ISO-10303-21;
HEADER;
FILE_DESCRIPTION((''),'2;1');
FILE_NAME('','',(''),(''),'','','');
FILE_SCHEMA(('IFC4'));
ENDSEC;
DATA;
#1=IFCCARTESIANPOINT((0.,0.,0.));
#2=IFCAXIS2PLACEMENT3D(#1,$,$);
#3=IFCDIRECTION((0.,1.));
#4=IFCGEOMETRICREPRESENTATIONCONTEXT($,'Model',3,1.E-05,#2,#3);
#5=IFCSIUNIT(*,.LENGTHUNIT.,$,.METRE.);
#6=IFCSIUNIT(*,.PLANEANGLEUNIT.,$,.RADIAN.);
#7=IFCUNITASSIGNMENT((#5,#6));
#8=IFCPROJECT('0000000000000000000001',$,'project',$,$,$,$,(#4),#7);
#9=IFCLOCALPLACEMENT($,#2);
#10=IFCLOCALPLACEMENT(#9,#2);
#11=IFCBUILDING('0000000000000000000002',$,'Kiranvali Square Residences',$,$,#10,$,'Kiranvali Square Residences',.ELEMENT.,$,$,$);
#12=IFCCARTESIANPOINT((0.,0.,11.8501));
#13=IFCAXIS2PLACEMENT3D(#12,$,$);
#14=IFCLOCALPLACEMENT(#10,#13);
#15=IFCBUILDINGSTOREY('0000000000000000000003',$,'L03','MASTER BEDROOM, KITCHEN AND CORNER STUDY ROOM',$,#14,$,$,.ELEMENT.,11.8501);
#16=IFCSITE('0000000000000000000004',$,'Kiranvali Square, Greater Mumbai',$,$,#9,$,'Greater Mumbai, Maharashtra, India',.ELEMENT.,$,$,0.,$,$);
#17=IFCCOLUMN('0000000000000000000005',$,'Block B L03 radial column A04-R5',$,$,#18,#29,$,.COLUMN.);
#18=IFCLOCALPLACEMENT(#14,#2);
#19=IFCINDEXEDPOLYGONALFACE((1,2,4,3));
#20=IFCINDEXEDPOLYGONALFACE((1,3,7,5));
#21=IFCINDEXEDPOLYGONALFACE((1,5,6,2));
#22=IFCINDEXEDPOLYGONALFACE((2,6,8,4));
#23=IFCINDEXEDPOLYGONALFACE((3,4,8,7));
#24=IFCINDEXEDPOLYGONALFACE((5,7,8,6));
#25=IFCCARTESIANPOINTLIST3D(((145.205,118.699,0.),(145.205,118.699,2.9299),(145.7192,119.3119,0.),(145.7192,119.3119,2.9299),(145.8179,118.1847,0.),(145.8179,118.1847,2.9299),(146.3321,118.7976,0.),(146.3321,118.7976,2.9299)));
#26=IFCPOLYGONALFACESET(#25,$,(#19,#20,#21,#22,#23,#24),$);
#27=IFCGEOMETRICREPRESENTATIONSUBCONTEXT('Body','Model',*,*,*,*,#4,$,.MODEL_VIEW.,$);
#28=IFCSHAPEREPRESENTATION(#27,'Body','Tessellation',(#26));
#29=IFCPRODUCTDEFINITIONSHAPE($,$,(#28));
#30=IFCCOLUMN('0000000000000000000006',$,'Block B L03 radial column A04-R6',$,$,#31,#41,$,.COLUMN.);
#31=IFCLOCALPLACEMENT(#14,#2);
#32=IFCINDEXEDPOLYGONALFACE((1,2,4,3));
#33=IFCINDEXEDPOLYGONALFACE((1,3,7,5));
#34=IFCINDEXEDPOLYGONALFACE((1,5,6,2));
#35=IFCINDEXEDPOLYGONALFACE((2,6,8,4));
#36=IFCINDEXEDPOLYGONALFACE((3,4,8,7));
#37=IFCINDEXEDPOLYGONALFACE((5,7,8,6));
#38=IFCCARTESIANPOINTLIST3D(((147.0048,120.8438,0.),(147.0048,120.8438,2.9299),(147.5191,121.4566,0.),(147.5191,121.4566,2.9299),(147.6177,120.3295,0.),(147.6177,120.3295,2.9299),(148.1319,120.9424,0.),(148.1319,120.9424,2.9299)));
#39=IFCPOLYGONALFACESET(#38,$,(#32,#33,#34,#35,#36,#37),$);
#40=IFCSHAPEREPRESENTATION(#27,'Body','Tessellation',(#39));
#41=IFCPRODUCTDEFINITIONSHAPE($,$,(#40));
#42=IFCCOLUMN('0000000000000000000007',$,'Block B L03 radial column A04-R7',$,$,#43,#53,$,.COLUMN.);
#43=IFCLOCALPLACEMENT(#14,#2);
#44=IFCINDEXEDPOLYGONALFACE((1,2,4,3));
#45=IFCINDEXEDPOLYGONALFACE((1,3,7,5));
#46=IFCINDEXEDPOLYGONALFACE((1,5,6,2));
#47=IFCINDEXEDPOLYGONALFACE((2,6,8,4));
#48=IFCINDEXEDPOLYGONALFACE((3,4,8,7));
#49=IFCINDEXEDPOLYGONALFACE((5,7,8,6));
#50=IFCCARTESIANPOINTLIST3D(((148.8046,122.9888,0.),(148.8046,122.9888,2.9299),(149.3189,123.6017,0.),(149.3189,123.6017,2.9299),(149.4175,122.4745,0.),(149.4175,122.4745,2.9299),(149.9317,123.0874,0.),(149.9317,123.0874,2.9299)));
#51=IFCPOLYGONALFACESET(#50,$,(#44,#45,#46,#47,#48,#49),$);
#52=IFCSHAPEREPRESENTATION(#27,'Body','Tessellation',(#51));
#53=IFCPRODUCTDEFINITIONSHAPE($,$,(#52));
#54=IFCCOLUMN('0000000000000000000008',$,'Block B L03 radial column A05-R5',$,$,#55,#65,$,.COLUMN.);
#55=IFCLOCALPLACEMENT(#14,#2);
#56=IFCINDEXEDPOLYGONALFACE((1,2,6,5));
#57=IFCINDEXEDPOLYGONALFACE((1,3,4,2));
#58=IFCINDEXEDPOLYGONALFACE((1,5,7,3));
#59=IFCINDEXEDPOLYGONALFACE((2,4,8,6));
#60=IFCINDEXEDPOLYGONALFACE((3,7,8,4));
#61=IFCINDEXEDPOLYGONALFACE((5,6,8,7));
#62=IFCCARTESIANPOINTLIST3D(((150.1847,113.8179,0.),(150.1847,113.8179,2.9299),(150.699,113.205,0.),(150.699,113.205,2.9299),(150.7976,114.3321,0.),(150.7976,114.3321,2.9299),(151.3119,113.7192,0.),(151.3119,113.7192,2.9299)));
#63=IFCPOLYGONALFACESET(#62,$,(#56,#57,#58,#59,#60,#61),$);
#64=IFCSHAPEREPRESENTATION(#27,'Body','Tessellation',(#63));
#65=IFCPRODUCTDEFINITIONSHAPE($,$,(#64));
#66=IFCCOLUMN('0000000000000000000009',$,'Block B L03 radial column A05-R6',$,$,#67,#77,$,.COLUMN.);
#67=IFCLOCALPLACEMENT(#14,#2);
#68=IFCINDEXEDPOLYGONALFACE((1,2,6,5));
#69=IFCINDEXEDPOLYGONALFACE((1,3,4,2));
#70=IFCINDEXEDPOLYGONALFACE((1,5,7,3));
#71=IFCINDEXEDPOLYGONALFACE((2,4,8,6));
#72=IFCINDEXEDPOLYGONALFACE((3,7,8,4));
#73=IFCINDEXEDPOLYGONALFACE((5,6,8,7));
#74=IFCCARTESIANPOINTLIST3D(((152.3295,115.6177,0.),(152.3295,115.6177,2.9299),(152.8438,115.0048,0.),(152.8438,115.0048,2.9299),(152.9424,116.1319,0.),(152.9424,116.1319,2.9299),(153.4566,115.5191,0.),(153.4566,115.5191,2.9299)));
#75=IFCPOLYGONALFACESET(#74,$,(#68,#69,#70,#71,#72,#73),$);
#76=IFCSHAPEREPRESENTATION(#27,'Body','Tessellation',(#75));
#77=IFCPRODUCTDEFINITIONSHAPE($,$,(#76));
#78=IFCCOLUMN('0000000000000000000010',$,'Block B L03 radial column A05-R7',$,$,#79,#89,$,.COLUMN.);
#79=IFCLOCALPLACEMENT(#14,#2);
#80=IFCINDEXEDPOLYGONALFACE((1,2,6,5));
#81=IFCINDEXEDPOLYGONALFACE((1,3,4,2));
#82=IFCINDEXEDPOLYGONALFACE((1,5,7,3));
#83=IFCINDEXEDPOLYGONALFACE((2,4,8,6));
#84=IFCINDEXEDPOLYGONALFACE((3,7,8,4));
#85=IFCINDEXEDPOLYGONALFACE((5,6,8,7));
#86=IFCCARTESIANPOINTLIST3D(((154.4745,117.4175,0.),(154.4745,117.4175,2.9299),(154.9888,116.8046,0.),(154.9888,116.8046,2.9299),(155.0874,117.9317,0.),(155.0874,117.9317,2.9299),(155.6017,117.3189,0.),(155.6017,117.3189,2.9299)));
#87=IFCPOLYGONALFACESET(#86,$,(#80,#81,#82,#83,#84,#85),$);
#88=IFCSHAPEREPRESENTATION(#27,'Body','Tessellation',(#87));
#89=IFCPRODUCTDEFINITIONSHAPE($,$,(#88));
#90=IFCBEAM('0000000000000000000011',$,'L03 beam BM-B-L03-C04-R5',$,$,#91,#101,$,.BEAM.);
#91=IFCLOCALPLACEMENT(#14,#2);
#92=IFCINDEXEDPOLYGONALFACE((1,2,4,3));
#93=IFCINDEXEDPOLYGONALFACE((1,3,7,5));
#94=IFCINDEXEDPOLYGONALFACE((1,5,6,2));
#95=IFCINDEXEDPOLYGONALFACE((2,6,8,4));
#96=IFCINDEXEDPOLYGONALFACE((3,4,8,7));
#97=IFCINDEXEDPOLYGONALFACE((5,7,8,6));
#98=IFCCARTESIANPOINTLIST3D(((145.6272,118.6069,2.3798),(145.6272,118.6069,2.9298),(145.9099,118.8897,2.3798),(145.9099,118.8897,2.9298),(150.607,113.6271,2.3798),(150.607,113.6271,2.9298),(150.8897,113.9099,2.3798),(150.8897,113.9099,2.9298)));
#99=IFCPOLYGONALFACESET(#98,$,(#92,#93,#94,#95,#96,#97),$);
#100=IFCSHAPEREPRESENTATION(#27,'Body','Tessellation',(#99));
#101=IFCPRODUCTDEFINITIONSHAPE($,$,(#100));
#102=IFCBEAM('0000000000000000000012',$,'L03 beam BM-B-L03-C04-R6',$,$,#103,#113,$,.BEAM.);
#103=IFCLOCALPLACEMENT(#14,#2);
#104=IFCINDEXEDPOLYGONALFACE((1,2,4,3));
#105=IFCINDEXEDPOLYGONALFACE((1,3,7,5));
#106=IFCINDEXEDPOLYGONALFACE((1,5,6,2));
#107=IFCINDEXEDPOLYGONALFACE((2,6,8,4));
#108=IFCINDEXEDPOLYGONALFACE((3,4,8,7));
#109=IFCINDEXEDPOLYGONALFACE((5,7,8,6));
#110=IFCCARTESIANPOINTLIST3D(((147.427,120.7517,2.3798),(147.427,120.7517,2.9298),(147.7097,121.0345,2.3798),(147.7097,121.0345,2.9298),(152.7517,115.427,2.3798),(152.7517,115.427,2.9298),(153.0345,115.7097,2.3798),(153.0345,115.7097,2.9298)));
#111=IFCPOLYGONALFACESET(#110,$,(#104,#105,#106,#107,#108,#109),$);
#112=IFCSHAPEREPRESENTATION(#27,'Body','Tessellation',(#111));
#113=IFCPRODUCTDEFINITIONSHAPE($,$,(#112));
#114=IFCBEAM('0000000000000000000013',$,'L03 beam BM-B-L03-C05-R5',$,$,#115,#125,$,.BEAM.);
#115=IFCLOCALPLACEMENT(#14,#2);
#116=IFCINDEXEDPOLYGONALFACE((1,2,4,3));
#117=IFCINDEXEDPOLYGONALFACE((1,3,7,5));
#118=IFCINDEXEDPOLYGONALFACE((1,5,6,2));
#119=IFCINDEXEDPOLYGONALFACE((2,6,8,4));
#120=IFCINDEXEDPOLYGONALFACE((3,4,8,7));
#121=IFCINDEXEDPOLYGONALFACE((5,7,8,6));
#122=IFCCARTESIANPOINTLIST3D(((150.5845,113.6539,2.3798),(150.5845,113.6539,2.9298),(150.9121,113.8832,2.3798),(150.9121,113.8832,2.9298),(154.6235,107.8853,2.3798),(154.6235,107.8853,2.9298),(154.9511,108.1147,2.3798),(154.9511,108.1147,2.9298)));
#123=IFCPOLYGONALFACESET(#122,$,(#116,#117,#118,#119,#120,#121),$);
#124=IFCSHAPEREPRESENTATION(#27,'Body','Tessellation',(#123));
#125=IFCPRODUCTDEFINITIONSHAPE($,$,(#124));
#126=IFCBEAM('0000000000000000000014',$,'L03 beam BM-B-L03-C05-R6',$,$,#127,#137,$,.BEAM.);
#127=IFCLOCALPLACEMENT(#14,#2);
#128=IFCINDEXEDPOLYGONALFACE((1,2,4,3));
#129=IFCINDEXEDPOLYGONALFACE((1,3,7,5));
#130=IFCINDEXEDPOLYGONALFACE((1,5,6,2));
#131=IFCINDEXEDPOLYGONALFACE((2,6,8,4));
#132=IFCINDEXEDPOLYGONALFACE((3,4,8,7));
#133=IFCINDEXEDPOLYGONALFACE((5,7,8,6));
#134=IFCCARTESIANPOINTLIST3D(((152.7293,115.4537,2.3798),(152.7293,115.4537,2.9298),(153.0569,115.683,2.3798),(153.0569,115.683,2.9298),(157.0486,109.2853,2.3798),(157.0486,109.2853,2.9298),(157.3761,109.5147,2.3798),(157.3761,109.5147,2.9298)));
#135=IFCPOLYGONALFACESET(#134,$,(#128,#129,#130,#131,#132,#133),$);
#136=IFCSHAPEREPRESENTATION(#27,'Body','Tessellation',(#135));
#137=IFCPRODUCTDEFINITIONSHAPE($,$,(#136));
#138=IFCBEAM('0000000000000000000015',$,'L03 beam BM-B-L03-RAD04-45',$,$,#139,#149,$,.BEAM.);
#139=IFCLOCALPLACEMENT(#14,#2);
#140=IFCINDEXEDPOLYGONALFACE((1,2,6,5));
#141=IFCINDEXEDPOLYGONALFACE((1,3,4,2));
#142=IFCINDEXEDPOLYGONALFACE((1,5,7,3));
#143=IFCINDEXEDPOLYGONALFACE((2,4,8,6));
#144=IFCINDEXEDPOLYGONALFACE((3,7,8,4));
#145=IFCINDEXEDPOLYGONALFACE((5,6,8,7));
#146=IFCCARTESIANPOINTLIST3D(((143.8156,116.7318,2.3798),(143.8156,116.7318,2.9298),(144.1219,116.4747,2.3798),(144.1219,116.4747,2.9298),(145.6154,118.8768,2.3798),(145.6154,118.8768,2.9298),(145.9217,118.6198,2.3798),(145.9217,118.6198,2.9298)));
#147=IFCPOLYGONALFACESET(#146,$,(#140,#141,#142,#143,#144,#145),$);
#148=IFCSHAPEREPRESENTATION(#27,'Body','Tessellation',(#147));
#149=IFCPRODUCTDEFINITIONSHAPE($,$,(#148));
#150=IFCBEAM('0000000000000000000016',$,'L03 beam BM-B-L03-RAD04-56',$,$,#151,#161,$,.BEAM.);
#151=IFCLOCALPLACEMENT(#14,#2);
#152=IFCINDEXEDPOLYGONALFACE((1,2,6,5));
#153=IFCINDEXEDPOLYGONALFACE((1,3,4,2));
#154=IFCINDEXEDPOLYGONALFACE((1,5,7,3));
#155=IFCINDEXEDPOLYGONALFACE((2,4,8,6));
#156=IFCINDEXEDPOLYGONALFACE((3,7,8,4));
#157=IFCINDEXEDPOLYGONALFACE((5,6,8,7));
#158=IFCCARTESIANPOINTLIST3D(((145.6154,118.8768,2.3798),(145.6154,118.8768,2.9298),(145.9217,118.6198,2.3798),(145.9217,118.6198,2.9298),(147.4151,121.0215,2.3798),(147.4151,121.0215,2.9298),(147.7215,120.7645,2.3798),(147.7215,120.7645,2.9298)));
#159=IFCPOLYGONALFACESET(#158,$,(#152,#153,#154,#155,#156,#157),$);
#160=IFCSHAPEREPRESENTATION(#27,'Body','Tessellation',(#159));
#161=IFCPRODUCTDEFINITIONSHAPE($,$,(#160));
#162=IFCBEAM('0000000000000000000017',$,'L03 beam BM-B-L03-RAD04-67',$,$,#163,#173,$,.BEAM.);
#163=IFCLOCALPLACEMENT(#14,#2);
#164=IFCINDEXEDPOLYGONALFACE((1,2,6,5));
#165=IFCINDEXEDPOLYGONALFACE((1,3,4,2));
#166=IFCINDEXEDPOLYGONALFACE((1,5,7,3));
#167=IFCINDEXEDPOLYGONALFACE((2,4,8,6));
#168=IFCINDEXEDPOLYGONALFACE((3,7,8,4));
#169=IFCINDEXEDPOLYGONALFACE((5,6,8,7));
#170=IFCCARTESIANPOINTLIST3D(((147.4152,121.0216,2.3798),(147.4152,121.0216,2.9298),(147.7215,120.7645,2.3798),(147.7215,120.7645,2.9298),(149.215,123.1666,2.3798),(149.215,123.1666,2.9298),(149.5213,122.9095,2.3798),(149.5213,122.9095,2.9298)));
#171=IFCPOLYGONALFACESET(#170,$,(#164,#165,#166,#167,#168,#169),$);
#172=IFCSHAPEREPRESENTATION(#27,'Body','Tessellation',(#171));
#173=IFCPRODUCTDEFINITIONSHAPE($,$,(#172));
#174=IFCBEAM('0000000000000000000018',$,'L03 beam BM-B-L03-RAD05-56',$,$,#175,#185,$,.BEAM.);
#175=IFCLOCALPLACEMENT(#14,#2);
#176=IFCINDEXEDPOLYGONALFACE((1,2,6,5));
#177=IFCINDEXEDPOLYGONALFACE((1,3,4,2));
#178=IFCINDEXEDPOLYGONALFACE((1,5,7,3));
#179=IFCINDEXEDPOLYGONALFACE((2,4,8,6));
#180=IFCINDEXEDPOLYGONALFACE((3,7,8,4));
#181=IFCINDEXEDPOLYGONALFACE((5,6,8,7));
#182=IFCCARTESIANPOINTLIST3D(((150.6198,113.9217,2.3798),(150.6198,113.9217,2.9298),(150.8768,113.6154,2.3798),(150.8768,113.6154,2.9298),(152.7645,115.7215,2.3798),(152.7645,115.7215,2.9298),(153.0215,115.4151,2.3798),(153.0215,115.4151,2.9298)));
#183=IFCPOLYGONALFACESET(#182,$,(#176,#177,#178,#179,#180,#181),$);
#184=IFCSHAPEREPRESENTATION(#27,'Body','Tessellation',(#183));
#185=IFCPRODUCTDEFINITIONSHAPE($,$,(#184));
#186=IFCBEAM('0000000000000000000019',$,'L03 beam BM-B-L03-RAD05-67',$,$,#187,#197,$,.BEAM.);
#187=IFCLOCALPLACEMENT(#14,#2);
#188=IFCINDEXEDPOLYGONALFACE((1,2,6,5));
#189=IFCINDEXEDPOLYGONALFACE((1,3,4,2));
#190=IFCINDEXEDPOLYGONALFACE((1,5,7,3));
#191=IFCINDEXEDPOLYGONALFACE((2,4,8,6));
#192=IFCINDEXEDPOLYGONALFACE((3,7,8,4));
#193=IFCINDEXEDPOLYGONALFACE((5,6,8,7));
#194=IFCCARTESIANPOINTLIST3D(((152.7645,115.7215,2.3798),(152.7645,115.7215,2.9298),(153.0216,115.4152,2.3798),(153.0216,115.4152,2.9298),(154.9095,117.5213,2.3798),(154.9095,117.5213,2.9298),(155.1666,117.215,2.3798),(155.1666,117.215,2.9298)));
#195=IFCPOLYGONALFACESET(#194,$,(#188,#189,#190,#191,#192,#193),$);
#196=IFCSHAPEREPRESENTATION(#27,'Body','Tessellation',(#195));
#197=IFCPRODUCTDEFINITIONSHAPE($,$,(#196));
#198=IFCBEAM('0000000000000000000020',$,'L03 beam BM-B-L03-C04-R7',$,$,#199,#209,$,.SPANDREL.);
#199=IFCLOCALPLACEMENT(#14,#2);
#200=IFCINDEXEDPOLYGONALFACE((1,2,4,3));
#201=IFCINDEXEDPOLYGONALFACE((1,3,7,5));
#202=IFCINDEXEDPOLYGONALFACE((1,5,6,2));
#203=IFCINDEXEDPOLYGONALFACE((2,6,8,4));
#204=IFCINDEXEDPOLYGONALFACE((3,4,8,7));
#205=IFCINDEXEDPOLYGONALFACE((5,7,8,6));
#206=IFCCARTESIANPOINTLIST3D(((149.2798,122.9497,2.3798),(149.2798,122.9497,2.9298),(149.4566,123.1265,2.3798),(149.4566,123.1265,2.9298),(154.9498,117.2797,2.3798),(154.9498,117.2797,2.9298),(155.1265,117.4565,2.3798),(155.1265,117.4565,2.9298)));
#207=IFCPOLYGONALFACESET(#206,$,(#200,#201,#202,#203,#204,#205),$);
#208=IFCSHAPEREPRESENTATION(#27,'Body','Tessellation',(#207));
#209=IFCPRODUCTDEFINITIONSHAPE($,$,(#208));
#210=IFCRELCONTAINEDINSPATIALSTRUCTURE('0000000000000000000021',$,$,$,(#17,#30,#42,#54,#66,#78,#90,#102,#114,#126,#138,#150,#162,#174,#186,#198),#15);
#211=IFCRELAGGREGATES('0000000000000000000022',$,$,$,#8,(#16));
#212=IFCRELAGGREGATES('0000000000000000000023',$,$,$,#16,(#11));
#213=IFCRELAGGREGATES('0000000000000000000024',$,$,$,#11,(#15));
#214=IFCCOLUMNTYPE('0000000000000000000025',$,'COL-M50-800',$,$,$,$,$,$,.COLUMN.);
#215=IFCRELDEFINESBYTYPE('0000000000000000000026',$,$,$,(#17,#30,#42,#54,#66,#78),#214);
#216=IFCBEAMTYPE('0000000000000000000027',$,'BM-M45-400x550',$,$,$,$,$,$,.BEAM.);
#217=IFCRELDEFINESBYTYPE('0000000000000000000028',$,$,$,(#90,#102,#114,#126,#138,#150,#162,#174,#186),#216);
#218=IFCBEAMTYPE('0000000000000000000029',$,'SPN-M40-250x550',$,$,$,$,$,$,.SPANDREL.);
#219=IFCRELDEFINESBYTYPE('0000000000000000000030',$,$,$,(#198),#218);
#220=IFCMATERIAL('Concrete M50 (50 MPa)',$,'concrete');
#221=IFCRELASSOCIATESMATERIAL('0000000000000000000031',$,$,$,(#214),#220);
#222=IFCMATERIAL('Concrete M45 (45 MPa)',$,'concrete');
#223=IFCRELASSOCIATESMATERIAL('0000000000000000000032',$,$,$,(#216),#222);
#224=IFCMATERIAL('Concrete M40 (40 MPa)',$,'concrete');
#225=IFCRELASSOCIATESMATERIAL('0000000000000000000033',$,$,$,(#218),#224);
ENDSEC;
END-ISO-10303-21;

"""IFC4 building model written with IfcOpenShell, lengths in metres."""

from ifc_helpers import new_model, si_unit, direction, frame, origin, origin_2d, place, context, subcontext, project, spatial, rectangle, extrude, material, material_profile, profile_set, type_object, element, save


model = new_model("IFC4")

# Units and contexts
model_context = context("Model", 3, precision=1e-05, world=origin(), true_north=direction((0.0, 1.0)))
body_context = subcontext(model_context, "Body", "Model", "MODEL_VIEW")
ifc_project = project(units=[si_unit("LENGTHUNIT", "METRE"), si_unit("PLANEANGLEUNIT", "RADIAN")], contexts=[model_context])

# Site, building, storey
site_placement = place(None, origin())
site = spatial("IfcSite", under=ifc_project, at=site_placement, Name="Kiranvali Square, Greater Mumbai", LongName="Greater Mumbai, Maharashtra, India", CompositionType="ELEMENT", RefElevation=0.0)
building_placement = place(site_placement, origin())
building = spatial("IfcBuilding", under=site, at=building_placement, Name="Kiranvali Square Residences", LongName="Kiranvali Square Residences", CompositionType="ELEMENT")
storey_placement = place(building_placement, frame((0.0, 0.0, 11.8501)))
storey = spatial("IfcBuildingStorey", under=building, at=storey_placement, Name="L03", Description="MASTER BEDROOM, KITCHEN AND CORNER STUDY ROOM", CompositionType="ELEMENT", Elevation=11.8501)

# Columns
ifc_material_1 = material(Name="Concrete M50 (50 MPa)", Category="concrete")
ifc_material_profile_1 = material_profile(ifc_material_1, rectangle(XDim=0.8, YDim=0.8, at=origin_2d()), Name="RC 800x800")
ifc_profile_set_1 = profile_set([ifc_material_profile_1], Name="Concrete M50 (50 MPa)")
column_type = type_object("IfcColumnType", Name="COL-M50-800", PredefinedType="COLUMN", material=ifc_profile_set_1)
for number, where, z_axis, x_axis, name in (
    (1, (145.7686, 118.7483, 0.0), (0.0, 0.0, 1.0), (-0.766044, 0.642788, 0.0), "Block B L03 radial column A04-R5"),
    (2, (147.5684, 120.8931, 0.0), (0.0, 0.0, 1.0), (-0.766044, 0.642788, 0.0), "Block B L03 radial column A04-R6"),
    (3, (149.3682, 123.0381, 0.0), (0.0, 0.0, 1.0), (-0.766044, 0.642788, 0.0), "Block B L03 radial column A04-R7"),
    (4, (150.7483, 113.7686, 0.0), (0.0, 0.0, 1.0), (-0.642788, 0.766044, 0.0), "Block B L03 radial column A05-R5"),
    (5, (152.8931, 115.5684, 0.0), (0.0, 0.0, 1.0), (-0.642788, 0.766044, 0.0), "Block B L03 radial column A05-R6"),
    (6, (155.0381, 117.3682, 0.0), (0.0, 0.0, 1.0), (-0.642788, 0.766044, 0.0), "Block B L03 radial column A05-R7"),
):
    element("IfcColumn", number, at=place(storey_placement, frame(where, z_axis=z_axis, x_axis=x_axis)), inside=storey, type_object=column_type, Name=name, PredefinedType="COLUMN", context=body_context, shape_type="SweptSolid", body=[
        extrude(rectangle(XDim=0.8, YDim=0.8, at=origin_2d()), origin(), (0.0, 0.0, 1.0), 2.9299),
    ])

# Beams
ifc_material_2 = material(Name="Concrete M45 (45 MPa)", Category="concrete")
ifc_material_profile_2 = material_profile(ifc_material_2, rectangle(XDim=0.3999, YDim=0.55, at=origin_2d()), Name="RC 400x550")
ifc_profile_set_2 = profile_set([ifc_material_profile_2], Name="Concrete M45 (45 MPa)")
beam_type_1 = type_object("IfcBeamType", Name="BM-M45-400x550", PredefinedType="BEAM", material=ifc_profile_set_2)
beam_1_placement = place(storey_placement, frame((145.7686, 118.7483, 2.6548), z_axis=(0.707107, -0.707107, 0.0), x_axis=(0.707107, 0.707107, 0.0)))
element("IfcBeam", 7, at=beam_1_placement, inside=storey, type_object=beam_type_1, Name="L03 beam BM-B-L03-C04-R5", PredefinedType="BEAM", context=body_context, shape_type="SweptSolid", body=[
    extrude(rectangle(XDim=0.3999, YDim=0.55, at=origin_2d()), origin(), (0.0, 0.0, 1.0), 7.0425),
])
beam_2_placement = place(storey_placement, frame((147.5684, 120.8931, 2.6548), z_axis=(0.707107, -0.707107, 0.0), x_axis=(0.707107, 0.707107, 0.0)))
element("IfcBeam", 8, at=beam_2_placement, inside=storey, type_object=beam_type_1, Name="L03 beam BM-B-L03-C04-R6", PredefinedType="BEAM", context=body_context, shape_type="SweptSolid", body=[
    extrude(rectangle(XDim=0.3999, YDim=0.55, at=origin_2d()), origin(), (0.0, 0.0, 1.0), 7.5303),
])
beam_3_placement = place(storey_placement, frame((150.7483, 113.7686, 2.6548), z_axis=(0.573565, -0.81916, 0.0), x_axis=(0.81916, 0.573565, 0.0)))
element("IfcBeam", 9, at=beam_3_placement, inside=storey, type_object=beam_type_1, Name="L03 beam BM-B-L03-C05-R5", PredefinedType="BEAM", context=body_context, shape_type="SweptSolid", body=[
    extrude(rectangle(XDim=0.3999, YDim=0.55, at=origin_2d()), origin(), (0.0, 0.0, 1.0), 7.042),
])
beam_4_placement = place(storey_placement, frame((152.8931, 115.5684, 2.6548), z_axis=(0.573589, -0.819144, 0.0), x_axis=(0.819144, 0.573589, 0.0)))
element("IfcBeam", 10, at=beam_4_placement, inside=storey, type_object=beam_type_1, Name="L03 beam BM-B-L03-C05-R6", PredefinedType="BEAM", context=body_context, shape_type="SweptSolid", body=[
    extrude(rectangle(XDim=0.3999, YDim=0.55, at=origin_2d()), origin(), (0.0, 0.0, 1.0), 7.5303),
])
beam_5_placement = place(storey_placement, frame((143.9688, 116.6033, 2.6548), z_axis=(0.642771, 0.766059, 0.0), x_axis=(-0.766059, 0.642771, 0.0)))
element("IfcBeam", 11, at=beam_5_placement, inside=storey, type_object=beam_type_1, Name="L03 beam BM-B-L03-RAD04-45", PredefinedType="BEAM", context=body_context, shape_type="SweptSolid", body=[
    extrude(rectangle(XDim=0.3999, YDim=0.55, at=origin_2d()), origin(), (0.0, 0.0, 1.0), 2.8),
])
beam_6_placement = place(storey_placement, frame((145.7686, 118.7483, 2.6548), z_axis=(0.642814, 0.766023, 0.0), x_axis=(-0.766023, 0.642814, 0.0)))
element("IfcBeam", 12, at=beam_6_placement, inside=storey, type_object=beam_type_1, Name="L03 beam BM-B-L03-RAD04-56", PredefinedType="BEAM", context=body_context, shape_type="SweptSolid", body=[
    extrude(rectangle(XDim=0.3999, YDim=0.55, at=origin_2d()), origin(), (0.0, 0.0, 1.0), 2.7998),
])
beam_7_placement = place(storey_placement, frame((147.5684, 120.8931, 2.6548), z_axis=(0.642771, 0.766059, 0.0), x_axis=(-0.766059, 0.642771, 0.0)))
element("IfcBeam", 13, at=beam_7_placement, inside=storey, type_object=beam_type_1, Name="L03 beam BM-B-L03-RAD04-67", PredefinedType="BEAM", context=body_context, shape_type="SweptSolid", body=[
    extrude(rectangle(XDim=0.3999, YDim=0.55, at=origin_2d()), origin(), (0.0, 0.0, 1.0), 2.8),
])
beam_8_placement = place(storey_placement, frame((150.7483, 113.7686, 2.6548), z_axis=(0.766023, 0.642814, 0.0), x_axis=(-0.642814, 0.766023, 0.0)))
element("IfcBeam", 14, at=beam_8_placement, inside=storey, type_object=beam_type_1, Name="L03 beam BM-B-L03-RAD05-56", PredefinedType="BEAM", context=body_context, shape_type="SweptSolid", body=[
    extrude(rectangle(XDim=0.3999, YDim=0.55, at=origin_2d()), origin(), (0.0, 0.0, 1.0), 2.7998),
])
beam_9_placement = place(storey_placement, frame((152.8931, 115.5684, 2.6548), z_axis=(0.766059, 0.642771, 0.0), x_axis=(-0.642771, 0.766059, 0.0)))
element("IfcBeam", 15, at=beam_9_placement, inside=storey, type_object=beam_type_1, Name="L03 beam BM-B-L03-RAD05-67", PredefinedType="BEAM", context=body_context, shape_type="SweptSolid", body=[
    extrude(rectangle(XDim=0.3999, YDim=0.55, at=origin_2d()), origin(), (0.0, 0.0, 1.0), 2.8),
])
ifc_material_3 = material(Name="Concrete M40 (40 MPa)", Category="concrete")
ifc_material_profile_3 = material_profile(ifc_material_3, rectangle(XDim=0.25, YDim=0.55, at=origin_2d()), Name="RC 250x550")
ifc_profile_set_3 = profile_set([ifc_material_profile_3], Name="Concrete M40 (40 MPa)")
beam_type_2 = type_object("IfcBeamType", Name="SPN-M40-250x550", PredefinedType="SPANDREL", material=ifc_profile_set_3)
beam_10_placement = place(storey_placement, frame((149.3682, 123.0381, 2.6548), z_axis=(0.707107, -0.707107, 0.0), x_axis=(0.707107, 0.707107, 0.0)))
element("IfcBeam", 16, at=beam_10_placement, inside=storey, type_object=beam_type_2, Name="L03 beam BM-B-L03-C04-R7", PredefinedType="SPANDREL", context=body_context, shape_type="SweptSolid", body=[
    extrude(rectangle(XDim=0.25, YDim=0.55, at=origin_2d()), origin(), (0.0, 0.0, 1.0), 8.0186),
])

save(model, "model.ifc")
